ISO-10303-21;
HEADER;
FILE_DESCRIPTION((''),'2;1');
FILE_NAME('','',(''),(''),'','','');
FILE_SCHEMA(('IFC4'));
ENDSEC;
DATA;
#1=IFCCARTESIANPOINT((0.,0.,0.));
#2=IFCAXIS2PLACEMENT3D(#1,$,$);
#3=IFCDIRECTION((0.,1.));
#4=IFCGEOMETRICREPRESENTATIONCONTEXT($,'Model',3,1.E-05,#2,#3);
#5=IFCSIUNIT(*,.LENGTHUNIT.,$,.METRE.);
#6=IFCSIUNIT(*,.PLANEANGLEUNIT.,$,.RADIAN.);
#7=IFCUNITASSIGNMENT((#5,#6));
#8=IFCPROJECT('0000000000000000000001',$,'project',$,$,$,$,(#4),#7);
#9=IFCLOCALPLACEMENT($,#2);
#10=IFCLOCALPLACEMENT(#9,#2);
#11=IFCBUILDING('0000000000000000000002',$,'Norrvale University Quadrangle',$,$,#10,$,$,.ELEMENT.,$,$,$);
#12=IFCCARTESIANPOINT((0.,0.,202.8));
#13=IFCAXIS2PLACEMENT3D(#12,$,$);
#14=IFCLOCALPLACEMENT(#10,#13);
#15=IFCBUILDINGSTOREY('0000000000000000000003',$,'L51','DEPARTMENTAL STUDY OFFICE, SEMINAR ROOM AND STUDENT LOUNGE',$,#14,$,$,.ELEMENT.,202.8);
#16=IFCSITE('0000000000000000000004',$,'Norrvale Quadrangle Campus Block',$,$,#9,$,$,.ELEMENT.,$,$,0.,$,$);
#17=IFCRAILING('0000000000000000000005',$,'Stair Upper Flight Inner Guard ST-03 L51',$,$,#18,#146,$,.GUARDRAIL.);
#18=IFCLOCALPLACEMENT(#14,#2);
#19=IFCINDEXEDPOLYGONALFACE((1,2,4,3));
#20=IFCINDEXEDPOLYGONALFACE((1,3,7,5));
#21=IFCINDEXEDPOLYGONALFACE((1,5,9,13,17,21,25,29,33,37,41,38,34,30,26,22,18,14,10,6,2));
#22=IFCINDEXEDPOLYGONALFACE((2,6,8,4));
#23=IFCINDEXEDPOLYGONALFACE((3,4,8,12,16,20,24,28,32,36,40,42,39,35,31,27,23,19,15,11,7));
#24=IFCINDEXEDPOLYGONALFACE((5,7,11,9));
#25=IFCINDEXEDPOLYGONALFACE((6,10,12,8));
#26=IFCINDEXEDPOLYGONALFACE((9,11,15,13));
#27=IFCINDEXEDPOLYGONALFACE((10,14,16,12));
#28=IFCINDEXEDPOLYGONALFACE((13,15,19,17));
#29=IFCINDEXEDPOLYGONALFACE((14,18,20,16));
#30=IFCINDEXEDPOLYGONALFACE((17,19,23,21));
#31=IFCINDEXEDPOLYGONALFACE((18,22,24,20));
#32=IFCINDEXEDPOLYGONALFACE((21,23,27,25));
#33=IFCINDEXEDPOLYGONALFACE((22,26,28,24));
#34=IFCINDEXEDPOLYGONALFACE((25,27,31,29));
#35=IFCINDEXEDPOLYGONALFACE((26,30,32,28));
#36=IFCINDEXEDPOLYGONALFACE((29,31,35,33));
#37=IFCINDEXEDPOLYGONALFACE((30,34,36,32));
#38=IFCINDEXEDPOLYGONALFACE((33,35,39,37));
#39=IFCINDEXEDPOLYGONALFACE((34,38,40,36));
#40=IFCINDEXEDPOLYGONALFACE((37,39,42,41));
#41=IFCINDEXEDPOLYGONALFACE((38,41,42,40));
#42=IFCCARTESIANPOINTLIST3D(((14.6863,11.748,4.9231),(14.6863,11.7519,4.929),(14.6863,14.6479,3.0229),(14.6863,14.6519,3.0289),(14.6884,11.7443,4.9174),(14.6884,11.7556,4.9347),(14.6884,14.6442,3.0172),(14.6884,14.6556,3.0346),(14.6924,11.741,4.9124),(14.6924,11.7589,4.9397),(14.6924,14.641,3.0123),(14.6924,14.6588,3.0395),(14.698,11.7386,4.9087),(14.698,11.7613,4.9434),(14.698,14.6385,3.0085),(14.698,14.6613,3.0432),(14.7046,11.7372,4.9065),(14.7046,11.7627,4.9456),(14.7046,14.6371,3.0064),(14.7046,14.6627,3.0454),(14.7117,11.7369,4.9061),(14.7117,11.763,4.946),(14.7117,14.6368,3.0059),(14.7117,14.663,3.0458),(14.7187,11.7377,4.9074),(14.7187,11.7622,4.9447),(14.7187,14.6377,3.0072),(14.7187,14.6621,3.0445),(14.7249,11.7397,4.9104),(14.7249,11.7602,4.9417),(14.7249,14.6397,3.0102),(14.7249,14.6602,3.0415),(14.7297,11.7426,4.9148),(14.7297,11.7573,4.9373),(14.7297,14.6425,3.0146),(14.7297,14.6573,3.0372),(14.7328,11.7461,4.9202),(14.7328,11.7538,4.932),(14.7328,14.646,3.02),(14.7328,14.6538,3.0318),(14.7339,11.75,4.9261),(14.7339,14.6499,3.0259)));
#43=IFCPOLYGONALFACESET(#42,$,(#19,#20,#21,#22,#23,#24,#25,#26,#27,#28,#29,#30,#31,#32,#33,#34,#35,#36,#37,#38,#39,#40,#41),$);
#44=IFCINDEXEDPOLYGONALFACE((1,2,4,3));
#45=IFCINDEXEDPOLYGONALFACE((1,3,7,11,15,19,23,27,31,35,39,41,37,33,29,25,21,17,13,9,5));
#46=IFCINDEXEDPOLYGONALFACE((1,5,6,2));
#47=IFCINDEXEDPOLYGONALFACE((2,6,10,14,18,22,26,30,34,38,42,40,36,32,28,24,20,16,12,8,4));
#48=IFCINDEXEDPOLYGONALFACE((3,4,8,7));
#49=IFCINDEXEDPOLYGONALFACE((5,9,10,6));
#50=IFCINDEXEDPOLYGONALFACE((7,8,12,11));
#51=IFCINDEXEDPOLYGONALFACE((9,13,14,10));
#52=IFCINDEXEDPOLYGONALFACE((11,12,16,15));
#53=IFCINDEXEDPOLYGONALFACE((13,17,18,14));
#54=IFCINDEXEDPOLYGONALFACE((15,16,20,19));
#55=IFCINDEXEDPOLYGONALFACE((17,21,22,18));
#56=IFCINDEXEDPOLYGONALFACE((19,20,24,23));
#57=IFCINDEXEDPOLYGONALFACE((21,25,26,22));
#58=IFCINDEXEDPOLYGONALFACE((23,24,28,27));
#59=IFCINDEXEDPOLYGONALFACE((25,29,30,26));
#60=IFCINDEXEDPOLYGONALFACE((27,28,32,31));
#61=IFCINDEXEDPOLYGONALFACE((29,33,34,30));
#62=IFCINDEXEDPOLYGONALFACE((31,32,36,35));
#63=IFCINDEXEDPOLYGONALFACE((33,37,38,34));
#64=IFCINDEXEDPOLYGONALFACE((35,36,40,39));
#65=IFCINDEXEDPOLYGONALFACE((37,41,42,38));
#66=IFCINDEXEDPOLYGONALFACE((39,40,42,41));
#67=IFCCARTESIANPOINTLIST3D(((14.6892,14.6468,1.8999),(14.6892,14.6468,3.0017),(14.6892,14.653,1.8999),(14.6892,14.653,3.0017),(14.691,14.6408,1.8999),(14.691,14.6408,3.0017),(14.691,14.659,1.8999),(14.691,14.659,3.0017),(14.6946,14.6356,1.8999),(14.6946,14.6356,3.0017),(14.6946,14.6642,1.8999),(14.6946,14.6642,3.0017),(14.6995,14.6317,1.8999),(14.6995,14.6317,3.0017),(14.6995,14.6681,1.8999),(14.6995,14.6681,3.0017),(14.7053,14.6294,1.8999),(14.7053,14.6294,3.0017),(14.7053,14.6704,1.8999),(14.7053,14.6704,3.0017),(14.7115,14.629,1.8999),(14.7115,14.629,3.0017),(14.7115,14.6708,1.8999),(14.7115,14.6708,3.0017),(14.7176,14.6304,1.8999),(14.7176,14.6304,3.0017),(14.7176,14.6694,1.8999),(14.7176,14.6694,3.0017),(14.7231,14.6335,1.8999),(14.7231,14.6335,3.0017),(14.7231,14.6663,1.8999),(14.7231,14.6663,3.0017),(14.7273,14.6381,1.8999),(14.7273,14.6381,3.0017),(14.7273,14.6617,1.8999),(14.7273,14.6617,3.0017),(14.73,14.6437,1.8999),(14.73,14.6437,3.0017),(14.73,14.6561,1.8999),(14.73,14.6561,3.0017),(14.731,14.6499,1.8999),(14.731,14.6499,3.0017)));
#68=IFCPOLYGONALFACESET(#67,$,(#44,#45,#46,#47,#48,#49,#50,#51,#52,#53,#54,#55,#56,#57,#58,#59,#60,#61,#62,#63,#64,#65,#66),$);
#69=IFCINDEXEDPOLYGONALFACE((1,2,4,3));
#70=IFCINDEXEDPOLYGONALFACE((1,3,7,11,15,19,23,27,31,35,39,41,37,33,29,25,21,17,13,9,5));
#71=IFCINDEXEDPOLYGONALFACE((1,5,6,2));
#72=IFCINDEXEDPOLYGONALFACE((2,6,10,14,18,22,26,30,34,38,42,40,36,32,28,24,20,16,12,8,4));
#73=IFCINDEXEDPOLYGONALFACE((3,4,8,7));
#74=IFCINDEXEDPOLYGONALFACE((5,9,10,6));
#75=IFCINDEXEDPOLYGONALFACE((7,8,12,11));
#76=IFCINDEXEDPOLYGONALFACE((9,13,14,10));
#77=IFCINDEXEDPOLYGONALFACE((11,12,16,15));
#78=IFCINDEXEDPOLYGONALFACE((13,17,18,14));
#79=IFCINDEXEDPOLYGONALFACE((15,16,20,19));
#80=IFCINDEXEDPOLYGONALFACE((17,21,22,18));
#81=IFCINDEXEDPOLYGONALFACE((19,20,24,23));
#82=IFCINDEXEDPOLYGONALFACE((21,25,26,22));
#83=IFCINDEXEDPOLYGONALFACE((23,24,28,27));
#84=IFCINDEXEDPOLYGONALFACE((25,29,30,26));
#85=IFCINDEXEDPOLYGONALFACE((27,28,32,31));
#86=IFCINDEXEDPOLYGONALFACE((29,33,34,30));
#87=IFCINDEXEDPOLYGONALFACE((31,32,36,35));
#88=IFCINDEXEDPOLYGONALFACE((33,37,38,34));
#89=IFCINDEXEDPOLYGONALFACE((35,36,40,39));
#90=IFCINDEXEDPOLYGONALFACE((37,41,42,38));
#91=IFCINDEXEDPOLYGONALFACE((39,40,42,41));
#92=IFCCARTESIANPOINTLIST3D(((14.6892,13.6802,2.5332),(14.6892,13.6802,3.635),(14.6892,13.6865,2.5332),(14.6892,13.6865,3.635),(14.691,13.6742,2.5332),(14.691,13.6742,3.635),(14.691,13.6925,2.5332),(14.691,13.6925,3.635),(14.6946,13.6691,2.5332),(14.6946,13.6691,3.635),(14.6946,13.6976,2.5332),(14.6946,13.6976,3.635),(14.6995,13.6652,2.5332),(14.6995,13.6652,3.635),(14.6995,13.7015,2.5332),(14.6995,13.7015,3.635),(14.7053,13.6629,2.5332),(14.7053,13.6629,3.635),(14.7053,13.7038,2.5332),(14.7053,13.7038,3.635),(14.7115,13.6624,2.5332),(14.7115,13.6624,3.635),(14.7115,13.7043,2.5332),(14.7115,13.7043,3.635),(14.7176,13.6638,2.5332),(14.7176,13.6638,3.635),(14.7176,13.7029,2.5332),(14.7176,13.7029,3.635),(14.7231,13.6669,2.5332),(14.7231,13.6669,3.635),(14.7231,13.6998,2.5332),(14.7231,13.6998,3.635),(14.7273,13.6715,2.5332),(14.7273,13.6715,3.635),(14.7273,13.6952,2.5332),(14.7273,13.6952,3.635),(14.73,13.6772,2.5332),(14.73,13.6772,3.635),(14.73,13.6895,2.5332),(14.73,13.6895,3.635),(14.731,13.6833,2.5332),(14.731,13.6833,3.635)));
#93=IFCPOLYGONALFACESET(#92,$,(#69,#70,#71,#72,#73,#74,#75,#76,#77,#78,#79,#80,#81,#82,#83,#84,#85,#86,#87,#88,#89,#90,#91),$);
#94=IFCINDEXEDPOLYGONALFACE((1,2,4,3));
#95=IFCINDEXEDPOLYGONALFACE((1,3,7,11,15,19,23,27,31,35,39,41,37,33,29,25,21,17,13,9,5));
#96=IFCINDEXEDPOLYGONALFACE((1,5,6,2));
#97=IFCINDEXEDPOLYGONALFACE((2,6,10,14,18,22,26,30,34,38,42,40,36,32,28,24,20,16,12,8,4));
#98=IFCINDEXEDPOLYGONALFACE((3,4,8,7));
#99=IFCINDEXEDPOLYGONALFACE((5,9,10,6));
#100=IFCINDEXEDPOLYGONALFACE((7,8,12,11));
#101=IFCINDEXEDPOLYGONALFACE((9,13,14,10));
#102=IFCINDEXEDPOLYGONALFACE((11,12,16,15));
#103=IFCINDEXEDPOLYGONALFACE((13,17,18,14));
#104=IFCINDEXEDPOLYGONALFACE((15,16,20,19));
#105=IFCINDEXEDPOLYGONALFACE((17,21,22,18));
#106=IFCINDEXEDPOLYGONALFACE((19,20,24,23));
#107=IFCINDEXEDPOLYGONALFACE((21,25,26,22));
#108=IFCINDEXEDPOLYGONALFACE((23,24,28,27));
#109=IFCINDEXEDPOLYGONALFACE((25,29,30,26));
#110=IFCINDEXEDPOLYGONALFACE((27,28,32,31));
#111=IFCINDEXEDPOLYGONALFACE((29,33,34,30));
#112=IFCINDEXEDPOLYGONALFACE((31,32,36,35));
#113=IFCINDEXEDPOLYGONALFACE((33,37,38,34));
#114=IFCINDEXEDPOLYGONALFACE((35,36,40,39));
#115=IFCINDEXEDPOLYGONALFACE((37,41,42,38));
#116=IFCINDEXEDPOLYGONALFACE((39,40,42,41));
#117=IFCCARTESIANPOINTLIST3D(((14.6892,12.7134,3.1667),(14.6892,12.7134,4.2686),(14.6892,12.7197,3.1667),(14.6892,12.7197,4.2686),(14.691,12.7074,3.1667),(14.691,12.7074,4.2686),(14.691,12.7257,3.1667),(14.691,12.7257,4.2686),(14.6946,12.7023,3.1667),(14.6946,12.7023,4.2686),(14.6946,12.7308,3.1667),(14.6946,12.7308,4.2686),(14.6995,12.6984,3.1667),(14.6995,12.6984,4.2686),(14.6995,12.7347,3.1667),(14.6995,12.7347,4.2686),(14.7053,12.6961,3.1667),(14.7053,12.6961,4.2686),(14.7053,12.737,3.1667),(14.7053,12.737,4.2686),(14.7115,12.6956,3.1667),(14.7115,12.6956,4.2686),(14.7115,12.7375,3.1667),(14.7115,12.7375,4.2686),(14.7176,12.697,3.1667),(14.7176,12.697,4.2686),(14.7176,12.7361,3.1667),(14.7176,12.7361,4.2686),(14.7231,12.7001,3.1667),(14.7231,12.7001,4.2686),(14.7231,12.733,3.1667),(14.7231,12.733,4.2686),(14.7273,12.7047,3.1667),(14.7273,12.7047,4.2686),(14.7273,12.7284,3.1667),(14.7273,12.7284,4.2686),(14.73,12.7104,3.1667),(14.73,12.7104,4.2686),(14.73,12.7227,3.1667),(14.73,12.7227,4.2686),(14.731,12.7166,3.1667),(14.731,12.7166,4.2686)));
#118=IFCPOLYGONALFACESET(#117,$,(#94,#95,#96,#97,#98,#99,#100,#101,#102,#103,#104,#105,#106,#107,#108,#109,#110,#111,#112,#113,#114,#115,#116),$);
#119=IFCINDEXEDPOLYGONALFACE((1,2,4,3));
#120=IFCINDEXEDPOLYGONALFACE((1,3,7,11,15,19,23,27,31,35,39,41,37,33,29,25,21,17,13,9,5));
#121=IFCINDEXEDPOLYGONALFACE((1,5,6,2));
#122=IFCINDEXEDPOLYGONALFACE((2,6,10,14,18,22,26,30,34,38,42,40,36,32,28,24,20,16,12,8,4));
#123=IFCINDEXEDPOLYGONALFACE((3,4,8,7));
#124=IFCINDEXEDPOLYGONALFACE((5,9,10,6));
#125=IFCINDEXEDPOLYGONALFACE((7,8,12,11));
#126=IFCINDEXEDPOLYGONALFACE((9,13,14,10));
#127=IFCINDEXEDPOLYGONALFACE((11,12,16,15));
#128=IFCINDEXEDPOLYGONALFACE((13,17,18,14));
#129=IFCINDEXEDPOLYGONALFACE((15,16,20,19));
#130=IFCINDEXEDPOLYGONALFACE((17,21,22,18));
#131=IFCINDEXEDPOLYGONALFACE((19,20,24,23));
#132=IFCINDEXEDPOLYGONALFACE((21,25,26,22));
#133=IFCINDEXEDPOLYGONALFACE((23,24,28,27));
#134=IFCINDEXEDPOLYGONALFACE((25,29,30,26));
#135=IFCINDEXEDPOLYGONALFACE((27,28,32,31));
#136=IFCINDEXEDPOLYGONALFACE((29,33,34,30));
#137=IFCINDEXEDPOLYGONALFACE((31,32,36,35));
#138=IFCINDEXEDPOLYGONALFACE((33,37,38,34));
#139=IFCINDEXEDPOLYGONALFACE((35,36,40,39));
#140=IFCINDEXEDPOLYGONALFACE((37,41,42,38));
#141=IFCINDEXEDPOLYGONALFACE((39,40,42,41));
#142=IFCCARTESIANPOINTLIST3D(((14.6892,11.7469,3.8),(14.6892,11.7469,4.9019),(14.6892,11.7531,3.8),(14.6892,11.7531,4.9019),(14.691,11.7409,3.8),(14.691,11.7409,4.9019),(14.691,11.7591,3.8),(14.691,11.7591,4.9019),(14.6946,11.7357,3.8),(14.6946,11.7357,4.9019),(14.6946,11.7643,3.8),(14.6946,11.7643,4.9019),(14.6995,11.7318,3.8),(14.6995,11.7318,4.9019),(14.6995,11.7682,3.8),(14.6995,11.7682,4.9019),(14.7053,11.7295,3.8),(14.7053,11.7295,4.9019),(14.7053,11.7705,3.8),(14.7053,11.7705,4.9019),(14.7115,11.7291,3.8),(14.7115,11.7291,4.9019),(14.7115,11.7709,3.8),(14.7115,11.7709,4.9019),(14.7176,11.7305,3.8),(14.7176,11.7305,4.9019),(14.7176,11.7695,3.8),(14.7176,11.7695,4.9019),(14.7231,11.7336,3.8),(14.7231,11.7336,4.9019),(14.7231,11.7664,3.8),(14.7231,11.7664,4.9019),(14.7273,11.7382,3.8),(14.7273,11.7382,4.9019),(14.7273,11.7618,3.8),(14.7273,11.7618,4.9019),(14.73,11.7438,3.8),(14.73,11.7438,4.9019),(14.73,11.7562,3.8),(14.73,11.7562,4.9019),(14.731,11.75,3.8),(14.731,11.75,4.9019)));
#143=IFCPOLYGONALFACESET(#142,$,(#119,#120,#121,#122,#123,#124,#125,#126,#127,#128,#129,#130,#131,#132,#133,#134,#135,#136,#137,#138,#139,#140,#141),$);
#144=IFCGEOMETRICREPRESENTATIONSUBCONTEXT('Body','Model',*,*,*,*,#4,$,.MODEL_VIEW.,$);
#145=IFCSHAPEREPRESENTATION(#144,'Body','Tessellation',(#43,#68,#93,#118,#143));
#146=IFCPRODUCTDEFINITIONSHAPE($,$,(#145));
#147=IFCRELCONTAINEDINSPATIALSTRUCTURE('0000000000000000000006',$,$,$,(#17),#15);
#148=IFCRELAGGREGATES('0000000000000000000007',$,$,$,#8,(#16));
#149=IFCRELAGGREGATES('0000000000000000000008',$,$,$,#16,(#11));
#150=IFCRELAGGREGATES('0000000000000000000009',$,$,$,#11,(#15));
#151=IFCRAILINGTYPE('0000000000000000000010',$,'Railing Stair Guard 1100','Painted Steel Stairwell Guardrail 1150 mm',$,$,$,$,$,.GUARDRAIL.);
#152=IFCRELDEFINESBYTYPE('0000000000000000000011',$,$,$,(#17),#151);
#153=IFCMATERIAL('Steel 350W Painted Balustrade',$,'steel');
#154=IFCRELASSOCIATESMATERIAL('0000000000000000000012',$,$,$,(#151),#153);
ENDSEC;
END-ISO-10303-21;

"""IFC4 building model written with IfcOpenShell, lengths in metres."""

from ifc_helpers import new_model, si_unit, direction, frame, origin, origin_2d, place, context, subcontext, project, spatial, circle, extrude, material, type_object, element, save


model = new_model("IFC4")

# Units and contexts
model_context = context("Model", 3, precision=1e-05, world=origin(), true_north=direction((0.0, 1.0)))
body_context = subcontext(model_context, "Body", "Model", "MODEL_VIEW")
ifc_project = project(units=[si_unit("LENGTHUNIT", "METRE"), si_unit("PLANEANGLEUNIT", "RADIAN")], contexts=[model_context])

# Site, building, storey
site_placement = place(None, origin())
site = spatial("IfcSite", under=ifc_project, at=site_placement, Name="Norrvale Quadrangle Campus Block", CompositionType="ELEMENT", RefElevation=0.0)
building_placement = place(site_placement, origin())
building = spatial("IfcBuilding", under=site, at=building_placement, Name="Norrvale University Quadrangle", CompositionType="ELEMENT")
storey_placement = place(building_placement, frame((0.0, 0.0, 202.8)))
storey = spatial("IfcBuildingStorey", under=building, at=storey_placement, Name="L51", Description="DEPARTMENTAL STUDY OFFICE, SEMINAR ROOM AND STUDENT LOUNGE", CompositionType="ELEMENT", Elevation=202.8)

# Railing
ifc_material_1 = material(Name="Steel 350W Painted Balustrade", Category="steel")
railing_type_1 = type_object("IfcRailingType", Name="Railing Stair Guard 1100", Description="Painted Steel Stairwell Guardrail 1150 mm", PredefinedType="GUARDRAIL", material=ifc_material_1)
railing_1_placement = place(storey_placement, frame((14.71, 14.6499, 1.8999)))
element("IfcRailing", 1, at=railing_1_placement, inside=storey, type_object=railing_type_1, Name="Stair Upper Flight Inner Guard ST-03 L51", PredefinedType="GUARDRAIL", context=body_context, shape_type="SweptSolid", body=[
    extrude(circle(Radius=0.0239, at=origin_2d()), frame((0.0, 0.0, 1.126), z_axis=(0.0, -0.836433, 0.548069), x_axis=(1.0, 0.0, 0.0)), (0.0, 0.0, 1.0), 3.467),
    extrude(circle(Radius=0.021, at=origin_2d()), origin(), (0.0, 0.0, 1.0), 1.1018),
    extrude(circle(Radius=0.021, at=origin_2d()), frame((0.0, -0.9666, 0.6333)), (0.0, 0.0, 1.0), 1.1018),
    extrude(circle(Radius=0.021, at=origin_2d()), frame((0.0, -1.9333, 1.2668)), (0.0, 0.0, 1.0), 1.1018),
    extrude(circle(Radius=0.021, at=origin_2d()), frame((0.0, -2.8999, 1.9001)), (0.0, 0.0, 1.0), 1.1018),
])

save(model, "model.ifc")
